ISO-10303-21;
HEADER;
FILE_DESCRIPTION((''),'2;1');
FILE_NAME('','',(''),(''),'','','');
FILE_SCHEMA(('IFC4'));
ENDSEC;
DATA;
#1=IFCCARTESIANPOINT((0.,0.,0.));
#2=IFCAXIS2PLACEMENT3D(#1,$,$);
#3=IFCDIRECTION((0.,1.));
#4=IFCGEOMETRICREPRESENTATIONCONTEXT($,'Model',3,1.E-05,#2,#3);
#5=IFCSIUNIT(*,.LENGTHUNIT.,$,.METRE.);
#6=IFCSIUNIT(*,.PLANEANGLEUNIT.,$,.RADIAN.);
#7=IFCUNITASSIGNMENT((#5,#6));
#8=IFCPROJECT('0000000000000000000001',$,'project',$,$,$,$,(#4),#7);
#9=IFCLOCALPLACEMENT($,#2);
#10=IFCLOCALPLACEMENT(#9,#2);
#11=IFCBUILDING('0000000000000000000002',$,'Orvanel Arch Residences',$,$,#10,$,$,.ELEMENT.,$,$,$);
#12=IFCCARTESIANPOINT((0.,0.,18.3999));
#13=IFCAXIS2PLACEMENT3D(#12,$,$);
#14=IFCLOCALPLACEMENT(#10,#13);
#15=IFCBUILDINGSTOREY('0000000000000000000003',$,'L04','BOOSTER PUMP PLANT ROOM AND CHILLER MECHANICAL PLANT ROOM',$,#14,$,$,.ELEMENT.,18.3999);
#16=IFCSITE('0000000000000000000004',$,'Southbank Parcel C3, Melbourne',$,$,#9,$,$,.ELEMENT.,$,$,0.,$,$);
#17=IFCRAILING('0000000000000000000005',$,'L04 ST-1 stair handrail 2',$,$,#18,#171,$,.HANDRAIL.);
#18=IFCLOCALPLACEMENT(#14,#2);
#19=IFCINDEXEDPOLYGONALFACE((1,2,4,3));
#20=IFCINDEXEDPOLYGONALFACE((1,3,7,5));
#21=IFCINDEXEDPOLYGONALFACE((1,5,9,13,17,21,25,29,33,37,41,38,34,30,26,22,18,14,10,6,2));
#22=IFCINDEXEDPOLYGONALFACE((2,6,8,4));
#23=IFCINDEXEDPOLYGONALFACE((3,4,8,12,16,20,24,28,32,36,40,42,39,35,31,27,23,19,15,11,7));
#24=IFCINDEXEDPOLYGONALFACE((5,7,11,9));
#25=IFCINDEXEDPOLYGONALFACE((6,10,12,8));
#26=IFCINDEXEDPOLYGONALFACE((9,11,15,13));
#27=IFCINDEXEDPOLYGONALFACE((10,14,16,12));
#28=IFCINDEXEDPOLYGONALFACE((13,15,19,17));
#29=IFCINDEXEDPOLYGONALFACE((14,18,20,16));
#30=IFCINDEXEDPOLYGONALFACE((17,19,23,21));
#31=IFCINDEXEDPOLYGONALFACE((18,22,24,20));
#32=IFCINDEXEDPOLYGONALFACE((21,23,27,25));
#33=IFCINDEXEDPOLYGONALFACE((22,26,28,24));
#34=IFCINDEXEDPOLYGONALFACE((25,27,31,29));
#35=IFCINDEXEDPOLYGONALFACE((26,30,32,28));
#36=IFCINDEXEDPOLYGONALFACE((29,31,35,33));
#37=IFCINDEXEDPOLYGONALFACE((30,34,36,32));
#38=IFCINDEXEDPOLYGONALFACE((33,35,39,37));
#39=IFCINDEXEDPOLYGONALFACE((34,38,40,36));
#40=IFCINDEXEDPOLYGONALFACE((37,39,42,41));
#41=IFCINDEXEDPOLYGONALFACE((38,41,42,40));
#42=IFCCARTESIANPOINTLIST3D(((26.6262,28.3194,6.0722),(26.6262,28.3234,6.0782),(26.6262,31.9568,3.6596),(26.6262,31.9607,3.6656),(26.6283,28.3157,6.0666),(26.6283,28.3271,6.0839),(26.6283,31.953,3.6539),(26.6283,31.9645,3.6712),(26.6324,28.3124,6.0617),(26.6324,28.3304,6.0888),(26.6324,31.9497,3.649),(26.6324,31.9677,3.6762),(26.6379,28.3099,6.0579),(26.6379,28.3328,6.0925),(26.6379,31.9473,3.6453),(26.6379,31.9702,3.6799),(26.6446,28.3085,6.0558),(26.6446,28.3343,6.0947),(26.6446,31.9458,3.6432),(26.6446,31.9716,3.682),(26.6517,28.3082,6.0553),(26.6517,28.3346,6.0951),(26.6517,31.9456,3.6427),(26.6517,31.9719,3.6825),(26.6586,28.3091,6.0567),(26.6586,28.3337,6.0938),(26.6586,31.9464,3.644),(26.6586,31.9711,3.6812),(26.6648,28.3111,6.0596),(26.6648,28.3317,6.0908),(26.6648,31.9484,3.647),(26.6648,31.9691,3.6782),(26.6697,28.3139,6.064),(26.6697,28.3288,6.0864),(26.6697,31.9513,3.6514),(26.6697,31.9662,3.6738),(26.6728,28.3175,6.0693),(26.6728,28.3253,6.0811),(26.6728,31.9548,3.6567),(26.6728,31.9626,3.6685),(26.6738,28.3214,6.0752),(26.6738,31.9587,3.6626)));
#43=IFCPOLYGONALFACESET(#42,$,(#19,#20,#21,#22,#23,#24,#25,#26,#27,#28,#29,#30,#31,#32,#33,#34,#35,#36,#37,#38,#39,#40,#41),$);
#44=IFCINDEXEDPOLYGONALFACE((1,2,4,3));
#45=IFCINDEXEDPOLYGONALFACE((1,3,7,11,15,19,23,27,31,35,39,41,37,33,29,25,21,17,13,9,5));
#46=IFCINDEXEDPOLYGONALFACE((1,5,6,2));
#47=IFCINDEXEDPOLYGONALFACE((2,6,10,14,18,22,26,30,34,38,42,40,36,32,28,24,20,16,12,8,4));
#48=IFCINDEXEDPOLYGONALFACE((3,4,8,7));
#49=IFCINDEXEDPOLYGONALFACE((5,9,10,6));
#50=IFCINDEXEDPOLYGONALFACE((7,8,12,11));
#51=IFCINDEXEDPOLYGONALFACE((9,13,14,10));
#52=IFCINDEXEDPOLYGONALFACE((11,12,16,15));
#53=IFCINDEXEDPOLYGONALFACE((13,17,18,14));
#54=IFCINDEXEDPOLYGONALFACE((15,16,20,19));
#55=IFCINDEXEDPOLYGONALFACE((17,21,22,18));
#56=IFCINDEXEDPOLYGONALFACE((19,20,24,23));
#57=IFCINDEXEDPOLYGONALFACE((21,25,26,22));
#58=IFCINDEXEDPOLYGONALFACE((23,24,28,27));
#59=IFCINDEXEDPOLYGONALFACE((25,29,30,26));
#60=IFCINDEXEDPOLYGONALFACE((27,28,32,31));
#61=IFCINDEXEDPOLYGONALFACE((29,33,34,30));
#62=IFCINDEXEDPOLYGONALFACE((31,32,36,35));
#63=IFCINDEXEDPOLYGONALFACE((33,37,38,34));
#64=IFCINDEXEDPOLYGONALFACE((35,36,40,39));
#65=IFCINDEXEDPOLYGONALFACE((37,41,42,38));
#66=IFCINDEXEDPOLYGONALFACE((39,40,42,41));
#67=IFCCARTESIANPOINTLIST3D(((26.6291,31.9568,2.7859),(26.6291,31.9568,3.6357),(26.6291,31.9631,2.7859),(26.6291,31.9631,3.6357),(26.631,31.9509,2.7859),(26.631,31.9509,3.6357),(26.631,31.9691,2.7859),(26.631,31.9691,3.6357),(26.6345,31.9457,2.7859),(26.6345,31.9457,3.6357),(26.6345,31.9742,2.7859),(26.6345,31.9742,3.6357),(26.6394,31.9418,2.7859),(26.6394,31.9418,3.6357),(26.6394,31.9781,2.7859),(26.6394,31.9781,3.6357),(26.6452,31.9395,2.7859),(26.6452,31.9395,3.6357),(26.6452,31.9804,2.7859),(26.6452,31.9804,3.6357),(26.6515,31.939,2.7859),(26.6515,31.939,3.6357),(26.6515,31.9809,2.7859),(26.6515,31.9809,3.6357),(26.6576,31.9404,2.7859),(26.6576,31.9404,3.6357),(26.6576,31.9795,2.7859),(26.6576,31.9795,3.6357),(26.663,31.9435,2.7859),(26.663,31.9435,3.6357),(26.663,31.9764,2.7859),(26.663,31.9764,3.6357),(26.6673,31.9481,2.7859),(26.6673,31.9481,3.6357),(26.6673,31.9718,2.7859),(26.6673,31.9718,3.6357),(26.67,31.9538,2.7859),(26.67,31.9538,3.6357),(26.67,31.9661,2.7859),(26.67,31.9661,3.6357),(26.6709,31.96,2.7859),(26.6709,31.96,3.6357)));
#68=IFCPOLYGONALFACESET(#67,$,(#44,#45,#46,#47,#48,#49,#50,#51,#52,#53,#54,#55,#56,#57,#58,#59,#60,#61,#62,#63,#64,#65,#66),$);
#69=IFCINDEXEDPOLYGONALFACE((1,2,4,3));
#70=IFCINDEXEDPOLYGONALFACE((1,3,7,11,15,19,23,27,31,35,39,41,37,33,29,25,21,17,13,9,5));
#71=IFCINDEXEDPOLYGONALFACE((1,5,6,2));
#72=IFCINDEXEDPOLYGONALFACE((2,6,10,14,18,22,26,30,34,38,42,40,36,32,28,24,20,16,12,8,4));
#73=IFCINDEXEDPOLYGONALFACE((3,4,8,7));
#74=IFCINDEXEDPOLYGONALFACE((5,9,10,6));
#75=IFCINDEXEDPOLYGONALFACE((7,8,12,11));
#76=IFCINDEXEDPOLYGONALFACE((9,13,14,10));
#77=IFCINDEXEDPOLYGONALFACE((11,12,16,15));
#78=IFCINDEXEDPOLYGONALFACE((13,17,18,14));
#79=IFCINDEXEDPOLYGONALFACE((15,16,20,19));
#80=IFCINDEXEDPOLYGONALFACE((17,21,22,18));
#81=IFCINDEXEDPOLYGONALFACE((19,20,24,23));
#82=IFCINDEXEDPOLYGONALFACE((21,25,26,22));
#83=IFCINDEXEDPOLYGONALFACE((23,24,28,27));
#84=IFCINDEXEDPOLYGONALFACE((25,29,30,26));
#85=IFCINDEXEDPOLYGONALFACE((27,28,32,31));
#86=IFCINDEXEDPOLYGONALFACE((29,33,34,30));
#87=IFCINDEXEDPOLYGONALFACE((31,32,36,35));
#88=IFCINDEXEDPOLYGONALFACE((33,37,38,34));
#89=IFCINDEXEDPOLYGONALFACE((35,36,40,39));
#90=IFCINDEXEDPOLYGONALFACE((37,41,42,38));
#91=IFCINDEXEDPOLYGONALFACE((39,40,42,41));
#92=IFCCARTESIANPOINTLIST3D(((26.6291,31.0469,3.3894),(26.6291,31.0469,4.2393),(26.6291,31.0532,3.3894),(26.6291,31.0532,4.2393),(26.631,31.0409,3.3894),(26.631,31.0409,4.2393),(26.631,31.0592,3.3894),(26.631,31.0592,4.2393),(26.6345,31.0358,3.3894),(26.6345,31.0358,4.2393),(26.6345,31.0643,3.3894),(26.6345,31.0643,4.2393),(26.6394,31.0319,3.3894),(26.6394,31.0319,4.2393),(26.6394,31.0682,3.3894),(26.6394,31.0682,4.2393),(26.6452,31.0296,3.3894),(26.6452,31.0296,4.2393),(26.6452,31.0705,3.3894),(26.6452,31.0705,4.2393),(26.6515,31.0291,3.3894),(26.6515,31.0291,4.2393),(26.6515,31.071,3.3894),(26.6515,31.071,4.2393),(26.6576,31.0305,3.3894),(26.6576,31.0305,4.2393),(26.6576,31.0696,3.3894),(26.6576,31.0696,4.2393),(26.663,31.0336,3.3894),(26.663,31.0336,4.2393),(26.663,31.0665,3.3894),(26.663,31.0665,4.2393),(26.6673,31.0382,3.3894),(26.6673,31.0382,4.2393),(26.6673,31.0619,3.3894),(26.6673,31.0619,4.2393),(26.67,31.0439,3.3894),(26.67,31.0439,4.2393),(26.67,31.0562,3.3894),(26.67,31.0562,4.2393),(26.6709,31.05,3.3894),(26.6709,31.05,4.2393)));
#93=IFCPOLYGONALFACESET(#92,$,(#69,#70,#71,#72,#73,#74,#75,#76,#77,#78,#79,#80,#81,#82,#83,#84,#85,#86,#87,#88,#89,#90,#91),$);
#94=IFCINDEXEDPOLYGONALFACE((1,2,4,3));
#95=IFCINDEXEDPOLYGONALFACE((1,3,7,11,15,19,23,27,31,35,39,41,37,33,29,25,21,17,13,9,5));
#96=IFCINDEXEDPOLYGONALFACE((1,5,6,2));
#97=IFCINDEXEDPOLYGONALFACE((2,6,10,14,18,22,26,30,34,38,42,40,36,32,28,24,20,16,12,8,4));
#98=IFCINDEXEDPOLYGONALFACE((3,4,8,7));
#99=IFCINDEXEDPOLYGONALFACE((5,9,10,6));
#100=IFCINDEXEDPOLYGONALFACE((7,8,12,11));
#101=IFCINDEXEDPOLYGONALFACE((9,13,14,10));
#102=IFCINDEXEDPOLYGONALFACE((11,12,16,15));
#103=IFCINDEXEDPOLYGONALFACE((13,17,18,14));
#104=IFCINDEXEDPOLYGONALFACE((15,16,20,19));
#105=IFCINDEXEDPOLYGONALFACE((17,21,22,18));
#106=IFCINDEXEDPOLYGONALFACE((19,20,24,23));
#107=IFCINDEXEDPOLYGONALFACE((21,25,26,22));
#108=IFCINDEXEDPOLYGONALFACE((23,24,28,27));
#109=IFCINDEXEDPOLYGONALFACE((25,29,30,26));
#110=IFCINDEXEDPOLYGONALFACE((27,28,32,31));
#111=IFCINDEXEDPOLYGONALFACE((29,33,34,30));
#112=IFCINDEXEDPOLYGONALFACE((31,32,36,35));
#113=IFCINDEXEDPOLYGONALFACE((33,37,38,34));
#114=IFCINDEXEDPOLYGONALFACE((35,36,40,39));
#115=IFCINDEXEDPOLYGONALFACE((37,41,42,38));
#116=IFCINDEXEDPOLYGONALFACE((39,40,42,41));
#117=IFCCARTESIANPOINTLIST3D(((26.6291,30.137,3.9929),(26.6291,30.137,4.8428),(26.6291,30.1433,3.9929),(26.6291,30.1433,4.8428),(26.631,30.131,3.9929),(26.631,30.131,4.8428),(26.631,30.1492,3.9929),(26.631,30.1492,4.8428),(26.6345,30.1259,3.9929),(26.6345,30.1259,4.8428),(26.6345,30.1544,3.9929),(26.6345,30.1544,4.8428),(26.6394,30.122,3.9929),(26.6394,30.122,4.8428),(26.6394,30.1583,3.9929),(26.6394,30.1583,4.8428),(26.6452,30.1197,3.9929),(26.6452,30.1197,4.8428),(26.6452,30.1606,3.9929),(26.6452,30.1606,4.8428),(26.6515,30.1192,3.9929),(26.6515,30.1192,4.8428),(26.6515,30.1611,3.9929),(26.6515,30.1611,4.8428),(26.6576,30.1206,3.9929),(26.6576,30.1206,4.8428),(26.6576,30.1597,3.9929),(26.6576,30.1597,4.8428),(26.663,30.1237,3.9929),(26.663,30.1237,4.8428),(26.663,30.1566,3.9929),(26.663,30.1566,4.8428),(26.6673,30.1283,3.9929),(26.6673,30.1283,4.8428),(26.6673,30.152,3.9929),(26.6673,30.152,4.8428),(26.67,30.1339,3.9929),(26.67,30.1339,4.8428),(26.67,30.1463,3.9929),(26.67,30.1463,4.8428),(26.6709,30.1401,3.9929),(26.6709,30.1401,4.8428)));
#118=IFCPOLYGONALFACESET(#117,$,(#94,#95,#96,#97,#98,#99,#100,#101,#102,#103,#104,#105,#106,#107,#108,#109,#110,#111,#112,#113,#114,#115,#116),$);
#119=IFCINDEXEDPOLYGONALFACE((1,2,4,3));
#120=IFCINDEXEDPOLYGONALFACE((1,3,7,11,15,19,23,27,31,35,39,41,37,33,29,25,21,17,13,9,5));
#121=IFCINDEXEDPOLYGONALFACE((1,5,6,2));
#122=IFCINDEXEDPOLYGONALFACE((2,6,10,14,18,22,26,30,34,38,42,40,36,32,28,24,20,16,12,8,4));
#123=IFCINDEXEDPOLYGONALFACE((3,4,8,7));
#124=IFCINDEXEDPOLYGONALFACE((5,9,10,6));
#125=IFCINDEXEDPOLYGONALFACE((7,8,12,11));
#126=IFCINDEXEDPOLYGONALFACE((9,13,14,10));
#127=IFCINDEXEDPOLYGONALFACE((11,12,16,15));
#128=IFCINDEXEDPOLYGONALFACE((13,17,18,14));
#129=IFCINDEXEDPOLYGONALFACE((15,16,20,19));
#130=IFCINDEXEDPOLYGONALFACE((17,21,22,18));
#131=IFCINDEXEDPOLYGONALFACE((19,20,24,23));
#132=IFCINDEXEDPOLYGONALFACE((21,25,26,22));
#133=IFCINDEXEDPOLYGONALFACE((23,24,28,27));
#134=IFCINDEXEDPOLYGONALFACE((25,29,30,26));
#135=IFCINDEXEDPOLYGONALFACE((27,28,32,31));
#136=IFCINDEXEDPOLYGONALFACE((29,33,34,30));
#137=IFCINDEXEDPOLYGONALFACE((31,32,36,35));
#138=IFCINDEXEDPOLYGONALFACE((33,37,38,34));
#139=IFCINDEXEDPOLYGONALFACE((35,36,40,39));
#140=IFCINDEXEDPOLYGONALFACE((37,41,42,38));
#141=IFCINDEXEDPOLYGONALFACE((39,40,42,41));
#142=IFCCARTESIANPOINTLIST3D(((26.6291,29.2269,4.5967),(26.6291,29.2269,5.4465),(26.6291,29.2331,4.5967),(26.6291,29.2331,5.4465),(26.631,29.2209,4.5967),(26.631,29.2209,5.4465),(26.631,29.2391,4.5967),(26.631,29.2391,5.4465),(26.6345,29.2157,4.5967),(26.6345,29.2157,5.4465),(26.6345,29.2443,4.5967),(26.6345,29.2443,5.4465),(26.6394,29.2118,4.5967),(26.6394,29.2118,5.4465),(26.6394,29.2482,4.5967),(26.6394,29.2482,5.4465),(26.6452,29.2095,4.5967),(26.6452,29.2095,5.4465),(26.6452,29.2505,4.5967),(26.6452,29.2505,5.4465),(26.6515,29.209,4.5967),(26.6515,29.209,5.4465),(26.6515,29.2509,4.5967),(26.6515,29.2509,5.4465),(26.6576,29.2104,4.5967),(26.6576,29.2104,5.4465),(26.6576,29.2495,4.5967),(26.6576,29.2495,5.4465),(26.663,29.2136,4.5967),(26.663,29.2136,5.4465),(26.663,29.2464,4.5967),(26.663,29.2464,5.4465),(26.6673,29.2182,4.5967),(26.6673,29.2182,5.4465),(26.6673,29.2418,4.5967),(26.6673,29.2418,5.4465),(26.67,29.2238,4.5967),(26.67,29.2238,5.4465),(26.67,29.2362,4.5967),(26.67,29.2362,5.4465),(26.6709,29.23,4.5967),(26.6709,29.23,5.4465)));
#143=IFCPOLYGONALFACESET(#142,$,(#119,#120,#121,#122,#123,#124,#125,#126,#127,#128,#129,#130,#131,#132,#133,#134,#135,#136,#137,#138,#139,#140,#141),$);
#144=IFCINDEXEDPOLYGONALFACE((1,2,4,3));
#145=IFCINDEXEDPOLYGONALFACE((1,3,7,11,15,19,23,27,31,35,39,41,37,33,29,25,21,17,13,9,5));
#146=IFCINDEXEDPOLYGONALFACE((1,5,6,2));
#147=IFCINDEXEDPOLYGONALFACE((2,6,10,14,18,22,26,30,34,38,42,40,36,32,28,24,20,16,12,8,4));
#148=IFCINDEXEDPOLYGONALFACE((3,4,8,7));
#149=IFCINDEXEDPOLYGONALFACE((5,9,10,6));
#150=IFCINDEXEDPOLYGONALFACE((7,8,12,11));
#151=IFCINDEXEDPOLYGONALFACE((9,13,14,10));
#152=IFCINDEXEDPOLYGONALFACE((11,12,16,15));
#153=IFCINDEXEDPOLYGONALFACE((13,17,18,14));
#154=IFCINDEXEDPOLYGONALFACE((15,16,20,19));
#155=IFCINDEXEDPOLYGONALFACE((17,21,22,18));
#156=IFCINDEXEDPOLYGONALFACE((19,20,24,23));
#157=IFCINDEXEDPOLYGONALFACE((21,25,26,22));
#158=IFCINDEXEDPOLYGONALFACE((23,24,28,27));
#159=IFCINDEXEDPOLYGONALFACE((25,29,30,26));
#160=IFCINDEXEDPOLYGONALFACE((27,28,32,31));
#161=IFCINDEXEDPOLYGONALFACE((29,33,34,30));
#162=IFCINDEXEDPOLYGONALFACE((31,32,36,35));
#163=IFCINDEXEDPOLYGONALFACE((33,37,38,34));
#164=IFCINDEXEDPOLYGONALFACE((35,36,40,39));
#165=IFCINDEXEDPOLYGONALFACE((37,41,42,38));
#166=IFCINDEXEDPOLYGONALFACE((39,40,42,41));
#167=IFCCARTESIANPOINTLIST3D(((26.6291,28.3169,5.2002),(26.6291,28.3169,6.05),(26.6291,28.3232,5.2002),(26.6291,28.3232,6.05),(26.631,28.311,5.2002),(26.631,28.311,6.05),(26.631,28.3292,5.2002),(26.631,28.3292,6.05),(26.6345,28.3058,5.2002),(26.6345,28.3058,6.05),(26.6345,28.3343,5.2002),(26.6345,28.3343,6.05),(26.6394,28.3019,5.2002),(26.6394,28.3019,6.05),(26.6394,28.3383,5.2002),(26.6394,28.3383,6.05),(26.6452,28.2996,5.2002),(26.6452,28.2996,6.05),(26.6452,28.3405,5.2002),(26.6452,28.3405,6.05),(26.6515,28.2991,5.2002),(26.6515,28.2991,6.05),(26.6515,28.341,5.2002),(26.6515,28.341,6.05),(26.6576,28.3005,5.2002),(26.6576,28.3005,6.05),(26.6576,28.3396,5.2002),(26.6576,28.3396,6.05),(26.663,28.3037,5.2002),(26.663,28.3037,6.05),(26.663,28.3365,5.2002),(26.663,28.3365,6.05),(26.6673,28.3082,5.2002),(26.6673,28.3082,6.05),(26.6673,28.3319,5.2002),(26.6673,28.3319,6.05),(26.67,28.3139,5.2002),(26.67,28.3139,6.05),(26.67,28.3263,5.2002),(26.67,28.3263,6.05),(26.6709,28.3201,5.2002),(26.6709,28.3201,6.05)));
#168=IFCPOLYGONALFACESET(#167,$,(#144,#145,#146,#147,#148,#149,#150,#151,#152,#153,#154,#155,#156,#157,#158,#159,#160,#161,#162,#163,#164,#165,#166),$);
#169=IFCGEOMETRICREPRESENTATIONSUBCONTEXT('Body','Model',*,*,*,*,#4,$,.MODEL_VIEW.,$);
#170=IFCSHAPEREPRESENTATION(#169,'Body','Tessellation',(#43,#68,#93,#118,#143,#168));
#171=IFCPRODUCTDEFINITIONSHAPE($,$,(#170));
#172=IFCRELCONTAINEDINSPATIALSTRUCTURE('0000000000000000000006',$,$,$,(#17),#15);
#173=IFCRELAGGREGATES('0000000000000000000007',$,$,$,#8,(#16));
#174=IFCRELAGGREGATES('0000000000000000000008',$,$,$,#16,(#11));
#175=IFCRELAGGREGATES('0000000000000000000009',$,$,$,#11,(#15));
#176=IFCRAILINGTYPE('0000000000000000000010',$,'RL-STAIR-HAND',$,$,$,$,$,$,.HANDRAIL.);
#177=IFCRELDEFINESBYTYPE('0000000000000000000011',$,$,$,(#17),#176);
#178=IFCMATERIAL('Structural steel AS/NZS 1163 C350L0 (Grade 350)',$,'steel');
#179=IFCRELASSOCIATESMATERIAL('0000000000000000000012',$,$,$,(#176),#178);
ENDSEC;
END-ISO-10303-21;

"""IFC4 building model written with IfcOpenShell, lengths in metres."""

from ifc_helpers import new_model, si_unit, direction, frame, origin, origin_2d, place, context, subcontext, project, spatial, circle, extrude, material, type_object, element, save


model = new_model("IFC4")

# Units and contexts
model_context = context("Model", 3, precision=1e-05, world=origin(), true_north=direction((0.0, 1.0)))
body_context = subcontext(model_context, "Body", "Model", "MODEL_VIEW")
ifc_project = project(units=[si_unit("LENGTHUNIT", "METRE"), si_unit("PLANEANGLEUNIT", "RADIAN")], contexts=[model_context])

# Site, building, storey
site_placement = place(None, origin())
site = spatial("IfcSite", under=ifc_project, at=site_placement, Name="Southbank Parcel C3, Melbourne", CompositionType="ELEMENT", RefElevation=0.0)
building_placement = place(site_placement, origin())
building = spatial("IfcBuilding", under=site, at=building_placement, Name="Orvanel Arch Residences", CompositionType="ELEMENT")
storey_placement = place(building_placement, frame((0.0, 0.0, 18.3999)))
storey = spatial("IfcBuildingStorey", under=building, at=storey_placement, Name="L04", Description="BOOSTER PUMP PLANT ROOM AND CHILLER MECHANICAL PLANT ROOM", CompositionType="ELEMENT", Elevation=18.3999)

# Railing
ifc_material_1 = material(Name="Structural steel AS/NZS 1163 C350L0 (Grade 350)", Category="steel")
railing_type_1 = type_object("IfcRailingType", Name="RL-STAIR-HAND", PredefinedType="HANDRAIL", material=ifc_material_1)
railing_1_placement = place(storey_placement, frame((26.6499, 31.96, 2.7859)))
element("IfcRailing", 1, at=railing_1_placement, inside=storey, type_object=railing_type_1, Name="L04 ST-1 stair handrail 2", PredefinedType="HANDRAIL", context=body_context, shape_type="SweptSolid", body=[
    extrude(circle(Radius=0.0239, at=origin_2d()), frame((0.0, -0.0012, 0.8767), z_axis=(0.0, -0.833347, 0.552751), x_axis=(1.0, 0.0, 0.0)), (0.0, 0.0, 1.0), 4.3647),
    extrude(circle(Radius=0.021, at=origin_2d()), origin(), (0.0, 0.0, 1.0), 0.8499),
    extrude(circle(Radius=0.021, at=origin_2d()), frame((0.0, -0.9099, 0.6035)), (0.0, 0.0, 1.0), 0.8499),
    extrude(circle(Radius=0.021, at=origin_2d()), frame((0.0, -1.8198, 1.207)), (0.0, 0.0, 1.0), 0.8499),
    extrude(circle(Radius=0.021, at=origin_2d()), frame((0.0, -2.73, 1.8108)), (0.0, 0.0, 1.0), 0.8499),
    extrude(circle(Radius=0.021, at=origin_2d()), frame((0.0, -3.6399, 2.4143)), (0.0, 0.0, 1.0), 0.8499),
])

save(model, "model.ifc")
